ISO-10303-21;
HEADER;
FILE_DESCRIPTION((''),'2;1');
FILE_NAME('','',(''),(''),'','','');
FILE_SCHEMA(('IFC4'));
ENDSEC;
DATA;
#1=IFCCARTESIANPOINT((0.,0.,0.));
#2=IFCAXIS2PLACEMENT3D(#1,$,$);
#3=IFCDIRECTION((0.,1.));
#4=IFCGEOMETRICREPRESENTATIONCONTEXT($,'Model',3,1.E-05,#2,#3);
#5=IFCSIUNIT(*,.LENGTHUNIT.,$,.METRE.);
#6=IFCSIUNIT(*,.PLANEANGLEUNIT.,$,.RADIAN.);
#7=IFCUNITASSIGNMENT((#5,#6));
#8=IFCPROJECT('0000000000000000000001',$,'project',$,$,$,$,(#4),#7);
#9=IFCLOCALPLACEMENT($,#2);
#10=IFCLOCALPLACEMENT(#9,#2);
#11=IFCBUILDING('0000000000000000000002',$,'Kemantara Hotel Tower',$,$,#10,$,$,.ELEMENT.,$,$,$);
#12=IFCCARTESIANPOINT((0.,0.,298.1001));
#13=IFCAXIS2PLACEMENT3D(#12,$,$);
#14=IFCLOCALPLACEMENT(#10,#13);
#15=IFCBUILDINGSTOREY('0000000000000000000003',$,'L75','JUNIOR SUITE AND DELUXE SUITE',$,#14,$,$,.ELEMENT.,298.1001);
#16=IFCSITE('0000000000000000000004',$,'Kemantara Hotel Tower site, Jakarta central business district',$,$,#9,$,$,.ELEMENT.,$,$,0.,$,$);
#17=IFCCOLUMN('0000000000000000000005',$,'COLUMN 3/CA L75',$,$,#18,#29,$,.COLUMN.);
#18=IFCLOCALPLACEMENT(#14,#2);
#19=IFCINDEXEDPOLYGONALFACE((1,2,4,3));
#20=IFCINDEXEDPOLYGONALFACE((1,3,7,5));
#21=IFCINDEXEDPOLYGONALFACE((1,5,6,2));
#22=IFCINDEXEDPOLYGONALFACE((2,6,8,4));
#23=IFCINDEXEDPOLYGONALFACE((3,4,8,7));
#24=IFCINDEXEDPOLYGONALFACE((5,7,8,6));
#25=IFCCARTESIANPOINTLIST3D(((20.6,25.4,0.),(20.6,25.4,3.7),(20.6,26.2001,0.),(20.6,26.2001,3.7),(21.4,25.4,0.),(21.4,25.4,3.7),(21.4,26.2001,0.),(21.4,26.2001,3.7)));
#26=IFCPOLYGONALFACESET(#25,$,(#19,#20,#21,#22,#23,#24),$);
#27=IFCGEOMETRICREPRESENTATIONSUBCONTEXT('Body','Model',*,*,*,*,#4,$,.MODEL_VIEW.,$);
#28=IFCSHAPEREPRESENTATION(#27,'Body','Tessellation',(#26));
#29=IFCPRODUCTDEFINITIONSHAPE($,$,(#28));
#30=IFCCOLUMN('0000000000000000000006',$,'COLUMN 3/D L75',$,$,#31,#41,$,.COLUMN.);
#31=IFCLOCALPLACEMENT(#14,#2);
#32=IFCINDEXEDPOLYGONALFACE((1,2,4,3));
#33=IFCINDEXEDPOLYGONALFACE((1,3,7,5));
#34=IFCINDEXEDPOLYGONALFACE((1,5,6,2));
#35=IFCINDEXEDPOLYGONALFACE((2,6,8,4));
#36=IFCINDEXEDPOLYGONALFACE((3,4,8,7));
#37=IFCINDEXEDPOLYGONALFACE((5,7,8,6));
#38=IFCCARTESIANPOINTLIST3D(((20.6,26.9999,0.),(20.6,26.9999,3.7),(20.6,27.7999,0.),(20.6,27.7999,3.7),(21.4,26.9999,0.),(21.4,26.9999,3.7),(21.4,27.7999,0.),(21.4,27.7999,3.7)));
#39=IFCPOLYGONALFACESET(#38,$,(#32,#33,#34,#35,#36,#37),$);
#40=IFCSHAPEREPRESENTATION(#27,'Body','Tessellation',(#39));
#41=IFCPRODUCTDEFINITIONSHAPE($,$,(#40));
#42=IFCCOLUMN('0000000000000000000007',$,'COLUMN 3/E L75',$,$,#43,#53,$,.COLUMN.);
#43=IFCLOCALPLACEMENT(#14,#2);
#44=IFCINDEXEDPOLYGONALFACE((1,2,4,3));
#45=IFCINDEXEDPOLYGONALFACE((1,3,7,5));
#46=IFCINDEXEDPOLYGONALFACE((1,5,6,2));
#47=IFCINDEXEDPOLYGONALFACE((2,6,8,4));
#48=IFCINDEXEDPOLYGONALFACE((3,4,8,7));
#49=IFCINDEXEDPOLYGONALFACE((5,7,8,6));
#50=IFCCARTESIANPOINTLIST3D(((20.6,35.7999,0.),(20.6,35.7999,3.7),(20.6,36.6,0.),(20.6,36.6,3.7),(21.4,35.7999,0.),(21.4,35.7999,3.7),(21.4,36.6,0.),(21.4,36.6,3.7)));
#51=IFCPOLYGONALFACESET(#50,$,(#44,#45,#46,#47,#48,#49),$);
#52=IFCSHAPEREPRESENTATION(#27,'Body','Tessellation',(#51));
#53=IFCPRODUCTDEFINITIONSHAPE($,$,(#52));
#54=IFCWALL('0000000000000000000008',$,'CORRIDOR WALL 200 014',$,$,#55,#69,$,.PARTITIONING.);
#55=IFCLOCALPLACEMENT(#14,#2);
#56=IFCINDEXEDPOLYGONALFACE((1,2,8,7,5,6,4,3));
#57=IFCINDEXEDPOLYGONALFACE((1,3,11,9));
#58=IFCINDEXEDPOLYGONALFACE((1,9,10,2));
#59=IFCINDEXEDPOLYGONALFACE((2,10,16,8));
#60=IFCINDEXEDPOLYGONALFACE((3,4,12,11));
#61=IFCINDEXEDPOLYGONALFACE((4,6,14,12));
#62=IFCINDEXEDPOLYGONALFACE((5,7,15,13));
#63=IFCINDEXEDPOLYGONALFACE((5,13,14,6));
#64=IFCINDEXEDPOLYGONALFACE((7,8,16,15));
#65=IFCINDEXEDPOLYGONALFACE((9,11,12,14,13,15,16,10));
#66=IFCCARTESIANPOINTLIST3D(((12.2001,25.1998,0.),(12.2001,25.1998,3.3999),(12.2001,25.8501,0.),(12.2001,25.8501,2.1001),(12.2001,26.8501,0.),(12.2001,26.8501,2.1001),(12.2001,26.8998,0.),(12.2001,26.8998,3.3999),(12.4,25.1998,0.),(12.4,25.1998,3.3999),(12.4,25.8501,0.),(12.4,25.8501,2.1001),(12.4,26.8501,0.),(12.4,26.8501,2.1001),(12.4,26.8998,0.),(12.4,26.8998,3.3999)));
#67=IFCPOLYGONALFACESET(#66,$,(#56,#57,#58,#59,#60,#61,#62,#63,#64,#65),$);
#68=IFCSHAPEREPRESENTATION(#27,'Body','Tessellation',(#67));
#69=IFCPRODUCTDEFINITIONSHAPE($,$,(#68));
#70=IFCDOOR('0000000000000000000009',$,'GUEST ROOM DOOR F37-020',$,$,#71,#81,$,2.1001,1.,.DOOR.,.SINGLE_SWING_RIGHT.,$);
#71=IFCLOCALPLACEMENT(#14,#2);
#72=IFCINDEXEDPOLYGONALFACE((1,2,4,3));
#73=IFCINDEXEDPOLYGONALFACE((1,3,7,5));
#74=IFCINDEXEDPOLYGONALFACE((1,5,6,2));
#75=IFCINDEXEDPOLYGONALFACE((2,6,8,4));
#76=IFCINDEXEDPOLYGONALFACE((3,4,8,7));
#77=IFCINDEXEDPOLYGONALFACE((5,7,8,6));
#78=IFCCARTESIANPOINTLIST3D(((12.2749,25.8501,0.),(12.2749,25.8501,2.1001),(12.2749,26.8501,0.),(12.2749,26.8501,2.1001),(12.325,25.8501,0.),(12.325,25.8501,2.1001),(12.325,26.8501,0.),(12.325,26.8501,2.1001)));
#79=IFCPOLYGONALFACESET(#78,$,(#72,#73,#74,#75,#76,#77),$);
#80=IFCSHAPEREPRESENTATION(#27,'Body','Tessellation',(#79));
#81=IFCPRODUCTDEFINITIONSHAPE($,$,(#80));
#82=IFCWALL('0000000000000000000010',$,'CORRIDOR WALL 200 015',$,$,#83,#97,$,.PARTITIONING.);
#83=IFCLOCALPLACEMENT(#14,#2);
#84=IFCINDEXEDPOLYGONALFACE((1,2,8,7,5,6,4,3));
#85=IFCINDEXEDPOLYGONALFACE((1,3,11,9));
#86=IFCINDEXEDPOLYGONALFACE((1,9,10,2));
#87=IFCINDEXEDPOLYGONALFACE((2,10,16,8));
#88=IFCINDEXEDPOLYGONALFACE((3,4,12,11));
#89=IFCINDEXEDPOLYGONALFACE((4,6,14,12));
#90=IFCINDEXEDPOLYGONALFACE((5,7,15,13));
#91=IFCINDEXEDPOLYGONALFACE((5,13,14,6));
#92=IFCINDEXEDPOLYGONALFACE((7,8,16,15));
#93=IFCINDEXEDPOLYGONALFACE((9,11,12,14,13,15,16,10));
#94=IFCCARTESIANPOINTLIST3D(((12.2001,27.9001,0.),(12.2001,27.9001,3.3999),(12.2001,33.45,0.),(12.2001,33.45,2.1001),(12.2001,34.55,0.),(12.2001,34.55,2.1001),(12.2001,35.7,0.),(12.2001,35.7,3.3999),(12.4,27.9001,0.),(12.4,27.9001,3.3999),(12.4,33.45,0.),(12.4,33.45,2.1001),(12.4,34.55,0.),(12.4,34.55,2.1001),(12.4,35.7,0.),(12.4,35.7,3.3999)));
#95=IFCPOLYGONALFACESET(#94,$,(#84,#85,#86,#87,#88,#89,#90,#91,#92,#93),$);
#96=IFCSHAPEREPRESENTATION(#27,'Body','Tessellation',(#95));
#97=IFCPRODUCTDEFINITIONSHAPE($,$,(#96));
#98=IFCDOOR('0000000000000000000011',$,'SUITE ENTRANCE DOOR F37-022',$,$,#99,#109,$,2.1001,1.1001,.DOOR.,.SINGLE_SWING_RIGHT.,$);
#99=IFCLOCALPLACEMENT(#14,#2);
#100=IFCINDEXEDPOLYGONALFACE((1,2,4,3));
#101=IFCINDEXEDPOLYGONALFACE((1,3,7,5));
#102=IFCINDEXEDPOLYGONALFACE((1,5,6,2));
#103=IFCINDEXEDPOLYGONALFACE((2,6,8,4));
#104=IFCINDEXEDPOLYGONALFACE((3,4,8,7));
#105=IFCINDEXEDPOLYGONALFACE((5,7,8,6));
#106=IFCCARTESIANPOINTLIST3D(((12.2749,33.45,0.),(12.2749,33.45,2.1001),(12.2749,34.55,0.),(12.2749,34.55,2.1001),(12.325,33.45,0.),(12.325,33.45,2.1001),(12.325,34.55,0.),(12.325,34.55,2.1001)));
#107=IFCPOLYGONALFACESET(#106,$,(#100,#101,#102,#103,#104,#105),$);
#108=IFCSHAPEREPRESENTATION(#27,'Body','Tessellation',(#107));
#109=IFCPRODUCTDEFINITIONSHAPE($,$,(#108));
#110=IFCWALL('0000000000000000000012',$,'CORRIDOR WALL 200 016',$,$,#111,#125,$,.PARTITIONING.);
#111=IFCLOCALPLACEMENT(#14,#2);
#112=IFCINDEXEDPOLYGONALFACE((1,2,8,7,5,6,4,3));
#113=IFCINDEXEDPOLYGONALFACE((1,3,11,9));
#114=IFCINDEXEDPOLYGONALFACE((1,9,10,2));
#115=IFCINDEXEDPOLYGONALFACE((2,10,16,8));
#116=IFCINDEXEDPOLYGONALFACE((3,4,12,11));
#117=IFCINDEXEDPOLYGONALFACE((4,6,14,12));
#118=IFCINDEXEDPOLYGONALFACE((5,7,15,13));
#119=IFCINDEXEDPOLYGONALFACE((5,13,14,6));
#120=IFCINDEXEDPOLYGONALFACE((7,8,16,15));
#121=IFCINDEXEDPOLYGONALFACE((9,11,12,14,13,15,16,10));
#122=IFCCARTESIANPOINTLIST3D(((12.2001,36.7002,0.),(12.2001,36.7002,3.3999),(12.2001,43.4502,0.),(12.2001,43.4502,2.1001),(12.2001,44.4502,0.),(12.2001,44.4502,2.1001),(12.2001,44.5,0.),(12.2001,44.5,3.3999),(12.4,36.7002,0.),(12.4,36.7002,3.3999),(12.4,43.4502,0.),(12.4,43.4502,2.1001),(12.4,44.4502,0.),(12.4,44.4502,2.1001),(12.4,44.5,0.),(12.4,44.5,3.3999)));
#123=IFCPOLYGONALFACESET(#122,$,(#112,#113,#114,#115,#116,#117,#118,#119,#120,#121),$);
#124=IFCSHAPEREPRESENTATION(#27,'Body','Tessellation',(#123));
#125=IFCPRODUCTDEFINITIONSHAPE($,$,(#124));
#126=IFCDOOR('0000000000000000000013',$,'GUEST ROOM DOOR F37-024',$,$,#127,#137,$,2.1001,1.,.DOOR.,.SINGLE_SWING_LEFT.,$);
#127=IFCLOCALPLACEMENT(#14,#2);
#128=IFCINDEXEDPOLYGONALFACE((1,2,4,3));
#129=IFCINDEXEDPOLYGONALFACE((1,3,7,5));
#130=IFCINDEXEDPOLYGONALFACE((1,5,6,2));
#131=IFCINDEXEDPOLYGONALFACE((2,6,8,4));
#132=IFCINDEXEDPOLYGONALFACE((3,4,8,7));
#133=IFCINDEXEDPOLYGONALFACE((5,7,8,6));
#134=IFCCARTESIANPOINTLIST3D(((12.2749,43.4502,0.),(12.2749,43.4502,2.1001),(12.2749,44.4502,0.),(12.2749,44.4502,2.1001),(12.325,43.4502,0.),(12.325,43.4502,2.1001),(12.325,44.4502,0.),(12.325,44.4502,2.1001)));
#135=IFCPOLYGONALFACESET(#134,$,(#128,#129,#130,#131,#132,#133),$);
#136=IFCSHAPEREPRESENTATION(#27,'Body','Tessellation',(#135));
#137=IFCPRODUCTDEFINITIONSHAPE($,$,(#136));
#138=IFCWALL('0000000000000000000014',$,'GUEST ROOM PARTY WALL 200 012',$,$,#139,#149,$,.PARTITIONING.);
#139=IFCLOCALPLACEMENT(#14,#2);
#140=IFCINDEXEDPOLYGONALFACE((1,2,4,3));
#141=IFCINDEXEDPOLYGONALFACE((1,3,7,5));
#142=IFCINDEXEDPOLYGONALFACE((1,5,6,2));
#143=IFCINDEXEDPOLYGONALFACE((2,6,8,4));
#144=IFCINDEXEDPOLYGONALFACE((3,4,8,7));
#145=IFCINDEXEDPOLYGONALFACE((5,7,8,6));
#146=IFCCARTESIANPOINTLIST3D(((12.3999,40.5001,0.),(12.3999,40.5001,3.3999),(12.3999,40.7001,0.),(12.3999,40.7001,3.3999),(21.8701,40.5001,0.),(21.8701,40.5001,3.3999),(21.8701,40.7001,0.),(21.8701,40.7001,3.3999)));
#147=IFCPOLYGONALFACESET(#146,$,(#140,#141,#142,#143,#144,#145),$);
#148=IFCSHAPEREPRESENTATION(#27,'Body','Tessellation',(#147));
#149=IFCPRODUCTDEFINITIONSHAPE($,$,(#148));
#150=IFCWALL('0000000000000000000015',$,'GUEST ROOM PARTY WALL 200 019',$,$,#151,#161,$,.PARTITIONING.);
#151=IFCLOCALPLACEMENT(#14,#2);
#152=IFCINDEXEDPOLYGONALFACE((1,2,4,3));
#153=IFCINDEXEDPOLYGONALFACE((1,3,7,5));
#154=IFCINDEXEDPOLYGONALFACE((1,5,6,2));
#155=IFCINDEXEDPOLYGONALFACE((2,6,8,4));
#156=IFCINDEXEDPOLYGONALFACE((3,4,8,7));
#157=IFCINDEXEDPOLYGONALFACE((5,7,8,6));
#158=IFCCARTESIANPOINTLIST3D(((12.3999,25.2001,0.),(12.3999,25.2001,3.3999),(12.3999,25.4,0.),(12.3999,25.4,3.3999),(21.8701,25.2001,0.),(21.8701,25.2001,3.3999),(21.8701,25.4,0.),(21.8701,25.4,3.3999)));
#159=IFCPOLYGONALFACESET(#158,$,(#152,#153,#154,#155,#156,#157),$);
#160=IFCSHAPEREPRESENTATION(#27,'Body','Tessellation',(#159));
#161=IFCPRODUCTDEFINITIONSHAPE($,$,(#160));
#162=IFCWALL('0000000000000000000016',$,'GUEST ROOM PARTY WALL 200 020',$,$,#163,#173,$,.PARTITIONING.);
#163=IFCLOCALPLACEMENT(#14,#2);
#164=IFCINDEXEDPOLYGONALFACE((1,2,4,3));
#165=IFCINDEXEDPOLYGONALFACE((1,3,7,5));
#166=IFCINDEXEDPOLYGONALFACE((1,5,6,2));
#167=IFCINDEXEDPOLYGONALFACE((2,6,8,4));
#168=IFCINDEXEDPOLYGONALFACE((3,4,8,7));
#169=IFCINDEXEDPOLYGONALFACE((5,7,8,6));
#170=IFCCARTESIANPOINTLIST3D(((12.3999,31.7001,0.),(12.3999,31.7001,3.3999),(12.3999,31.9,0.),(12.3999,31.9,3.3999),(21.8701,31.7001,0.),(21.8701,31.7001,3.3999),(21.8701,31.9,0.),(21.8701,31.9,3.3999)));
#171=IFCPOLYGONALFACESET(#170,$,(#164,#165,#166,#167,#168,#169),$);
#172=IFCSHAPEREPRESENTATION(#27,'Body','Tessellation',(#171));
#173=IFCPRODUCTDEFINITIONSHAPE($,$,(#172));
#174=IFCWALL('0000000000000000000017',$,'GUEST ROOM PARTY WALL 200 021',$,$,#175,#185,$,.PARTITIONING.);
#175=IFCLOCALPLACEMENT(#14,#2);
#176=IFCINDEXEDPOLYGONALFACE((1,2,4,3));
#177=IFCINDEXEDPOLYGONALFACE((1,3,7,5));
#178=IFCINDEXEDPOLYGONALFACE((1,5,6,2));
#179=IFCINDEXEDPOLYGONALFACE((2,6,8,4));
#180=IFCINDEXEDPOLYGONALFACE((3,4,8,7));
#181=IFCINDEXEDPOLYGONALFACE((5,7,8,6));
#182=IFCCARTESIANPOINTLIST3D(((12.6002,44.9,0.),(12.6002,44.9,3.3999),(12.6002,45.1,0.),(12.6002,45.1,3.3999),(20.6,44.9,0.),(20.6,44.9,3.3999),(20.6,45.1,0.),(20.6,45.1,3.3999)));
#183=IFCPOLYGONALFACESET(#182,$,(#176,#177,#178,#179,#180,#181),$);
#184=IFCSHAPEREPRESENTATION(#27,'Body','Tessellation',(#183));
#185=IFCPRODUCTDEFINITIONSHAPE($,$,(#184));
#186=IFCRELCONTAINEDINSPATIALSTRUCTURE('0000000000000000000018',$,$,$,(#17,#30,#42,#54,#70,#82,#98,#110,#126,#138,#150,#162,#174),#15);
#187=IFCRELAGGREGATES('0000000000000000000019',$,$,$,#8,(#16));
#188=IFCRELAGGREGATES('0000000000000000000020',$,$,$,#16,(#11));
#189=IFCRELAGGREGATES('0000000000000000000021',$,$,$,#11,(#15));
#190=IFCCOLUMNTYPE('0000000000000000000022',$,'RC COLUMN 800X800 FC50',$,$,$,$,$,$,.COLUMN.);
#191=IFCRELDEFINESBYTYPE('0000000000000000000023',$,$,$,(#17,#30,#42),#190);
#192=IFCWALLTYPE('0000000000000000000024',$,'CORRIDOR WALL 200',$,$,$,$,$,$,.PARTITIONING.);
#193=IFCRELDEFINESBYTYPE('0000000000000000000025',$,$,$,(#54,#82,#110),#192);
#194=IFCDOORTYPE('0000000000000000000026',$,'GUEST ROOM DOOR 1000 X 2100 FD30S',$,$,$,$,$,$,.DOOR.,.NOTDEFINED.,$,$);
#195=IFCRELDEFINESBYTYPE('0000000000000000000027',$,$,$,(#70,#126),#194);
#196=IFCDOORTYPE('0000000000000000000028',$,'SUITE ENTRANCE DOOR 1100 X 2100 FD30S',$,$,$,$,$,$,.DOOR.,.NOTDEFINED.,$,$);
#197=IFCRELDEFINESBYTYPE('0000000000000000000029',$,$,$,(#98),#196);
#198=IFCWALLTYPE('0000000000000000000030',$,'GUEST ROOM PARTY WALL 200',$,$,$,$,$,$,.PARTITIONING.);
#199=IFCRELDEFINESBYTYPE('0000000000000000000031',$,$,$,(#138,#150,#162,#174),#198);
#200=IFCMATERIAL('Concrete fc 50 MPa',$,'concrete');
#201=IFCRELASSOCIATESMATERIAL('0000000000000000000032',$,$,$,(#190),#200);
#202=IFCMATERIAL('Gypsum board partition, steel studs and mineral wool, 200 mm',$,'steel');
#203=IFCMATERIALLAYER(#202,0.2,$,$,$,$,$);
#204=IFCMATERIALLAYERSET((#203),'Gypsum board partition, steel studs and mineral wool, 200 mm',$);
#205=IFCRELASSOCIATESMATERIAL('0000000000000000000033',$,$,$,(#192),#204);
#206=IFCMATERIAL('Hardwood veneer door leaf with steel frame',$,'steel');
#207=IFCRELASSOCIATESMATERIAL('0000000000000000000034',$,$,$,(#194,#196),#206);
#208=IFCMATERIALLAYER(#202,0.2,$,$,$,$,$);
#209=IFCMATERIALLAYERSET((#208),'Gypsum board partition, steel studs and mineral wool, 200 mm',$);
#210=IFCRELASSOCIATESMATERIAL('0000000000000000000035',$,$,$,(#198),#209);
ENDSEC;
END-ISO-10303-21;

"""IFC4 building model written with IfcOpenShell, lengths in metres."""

from ifc_helpers import new_model, si_unit, direction, frame, frame_2d, origin, origin_2d, place, context, subcontext, project, spatial, rectangle, extrude, material, layer, layer_set, material_profile, profile_set, type_object, element, fill, save


model = new_model("IFC4")

# Units and contexts
model_context = context("Model", 3, precision=1e-05, world=origin(), true_north=direction((0.0, 1.0)))
body_context = subcontext(model_context, "Body", "Model", "MODEL_VIEW")
ifc_project = project(units=[si_unit("LENGTHUNIT", "METRE"), si_unit("PLANEANGLEUNIT", "RADIAN")], contexts=[model_context])

# Site, building, storey
site_placement = place(None, origin())
site = spatial("IfcSite", under=ifc_project, at=site_placement, Name="Kemantara Hotel Tower site, Jakarta central business district", CompositionType="ELEMENT", RefElevation=0.0)
building_placement = place(site_placement, origin())
building = spatial("IfcBuilding", under=site, at=building_placement, Name="Kemantara Hotel Tower", CompositionType="ELEMENT")
storey_placement = place(building_placement, frame((0.0, 0.0, 298.1001)))
storey = spatial("IfcBuildingStorey", under=building, at=storey_placement, Name="L75", Description="JUNIOR SUITE AND DELUXE SUITE", CompositionType="ELEMENT", Elevation=298.1001)

# Columns
ifc_material_1 = material(Name="Concrete fc 50 MPa", Category="concrete")
ifc_material_profile = material_profile(ifc_material_1, rectangle(XDim=0.8, YDim=0.8, at=origin_2d()), Name="RC 800X800")
ifc_profile_set = profile_set([ifc_material_profile], Name="Concrete fc 50 MPa")
column_type = type_object("IfcColumnType", Name="RC COLUMN 800X800 FC50", PredefinedType="COLUMN", material=ifc_profile_set)
for number, where, z_axis, x_axis, name in (
    (1, (21.0, 25.8, 0.0), (0.0, 0.0, 1.0), (1.0, 0.0, 0.0), "COLUMN 3/CA L75"),
    (2, (21.0, 27.3999, 0.0), (0.0, 0.0, 1.0), (1.0, 0.0, 0.0), "COLUMN 3/D L75"),
    (3, (21.0, 36.2, 0.0), (0.0, 0.0, 1.0), (1.0, 0.0, 0.0), "COLUMN 3/E L75"),
):
    element("IfcColumn", number, at=place(storey_placement, frame(where, z_axis=z_axis, x_axis=x_axis)), inside=storey, type_object=column_type, Name=name, PredefinedType="COLUMN", context=body_context, shape_type="SweptSolid", body=[
        extrude(rectangle(XDim=0.8, YDim=0.8, at=origin_2d()), origin(), (0.0, 0.0, 1.0), 3.7),
    ])

# Walls, openings, doors
ifc_material_2 = material(Name="Gypsum board partition, steel studs and mineral wool, 200 mm", Category="steel")
ifc_layer_1 = layer(ifc_material_2, 0.2)
ifc_layer_set_1 = layer_set([ifc_layer_1], Name="Gypsum board partition, steel studs and mineral wool, 200 mm")
wall_type_1 = type_object("IfcWallType", Name="CORRIDOR WALL 200", PredefinedType="PARTITIONING", material=ifc_layer_set_1)
wall_1_placement = place(storey_placement, frame((12.3, 26.8999, 0.0), z_axis=(0.0, 0.0, 1.0), x_axis=(0.0, -1.0, 0.0)))
wall_1 = element("IfcWall", 4, at=wall_1_placement, inside=storey, type_object=wall_type_1, Name="CORRIDOR WALL 200 014", PredefinedType="PARTITIONING", context=body_context, shape_type="SweptSolid", body=[
    extrude(rectangle(XDim=1.7, YDim=0.2, at=frame_2d((0.8501, 0.0))), origin(), (0.0, 0.0, 1.0), 3.3999),
])
opening_1_placement = place(wall_1_placement, frame((0.0498, 0.0, 0.0)))
opening_1 = element("IfcOpeningElement", 5, at=opening_1_placement, cuts=wall_1, PredefinedType="OPENING", context=body_context, shape_type="SweptSolid", body=[
    extrude(rectangle(XDim=1.0, YDim=2.1001, at=frame_2d((0.5, 1.05))), frame((0.0, 0.1099, 0.0), z_axis=(0.0, -1.0, 0.0), x_axis=(1.0, 0.0, 0.0)), (0.0, 0.0, 1.0), 0.22),
])
ifc_material_3 = material(Name="Hardwood veneer door leaf with steel frame", Category="steel")
door_type_1 = type_object("IfcDoorType", Name="GUEST ROOM DOOR 1000 X 2100 FD30S", OperationType="NOTDEFINED", PredefinedType="DOOR", material=ifc_material_3)
door_1_placement = place(opening_1_placement, origin())
door_1 = element("IfcDoor", 6, at=door_1_placement, inside=storey, type_object=door_type_1, Name="GUEST ROOM DOOR F37-020", OperationType="SINGLE_SWING_RIGHT", OverallHeight=2.1001, OverallWidth=1.0, PredefinedType="DOOR", context=body_context, shape_type="SweptSolid", body=[
    extrude(rectangle(XDim=1.0, YDim=2.1001, at=frame_2d((0.5, 1.05))), frame((0.0, 0.0249, 0.0), z_axis=(0.0, -1.0, 0.0), x_axis=(1.0, 0.0, 0.0)), (0.0, 0.0, 1.0), 0.05),
])
fill(opening_1, door_1)
wall_2_placement = place(storey_placement, frame((12.3, 35.7, 0.0), z_axis=(0.0, 0.0, 1.0), x_axis=(0.0, -1.0, 0.0)))
wall_2 = element("IfcWall", 7, at=wall_2_placement, inside=storey, type_object=wall_type_1, Name="CORRIDOR WALL 200 015", PredefinedType="PARTITIONING", context=body_context, shape_type="SweptSolid", body=[
    extrude(rectangle(XDim=7.7998, YDim=0.2, at=frame_2d((3.8999, 0.0))), origin(), (0.0, 0.0, 1.0), 3.3999),
])
opening_2_placement = place(wall_2_placement, frame((1.1499, 0.0, 0.0)))
opening_2 = element("IfcOpeningElement", 8, at=opening_2_placement, cuts=wall_2, PredefinedType="OPENING", context=body_context, shape_type="SweptSolid", body=[
    extrude(rectangle(XDim=1.1001, YDim=2.1001, at=frame_2d((0.55, 1.05))), frame((0.0, 0.1099, 0.0), z_axis=(0.0, -1.0, 0.0), x_axis=(1.0, 0.0, 0.0)), (0.0, 0.0, 1.0), 0.22),
])
door_type_2 = type_object("IfcDoorType", Name="SUITE ENTRANCE DOOR 1100 X 2100 FD30S", OperationType="NOTDEFINED", PredefinedType="DOOR", material=ifc_material_3)
door_2_placement = place(opening_2_placement, origin())
door_2 = element("IfcDoor", 9, at=door_2_placement, inside=storey, type_object=door_type_2, Name="SUITE ENTRANCE DOOR F37-022", OperationType="SINGLE_SWING_RIGHT", OverallHeight=2.1001, OverallWidth=1.1001, PredefinedType="DOOR", context=body_context, shape_type="SweptSolid", body=[
    extrude(rectangle(XDim=1.1001, YDim=2.1001, at=frame_2d((0.55, 1.05))), frame((0.0, 0.0249, 0.0), z_axis=(0.0, -1.0, 0.0), x_axis=(1.0, 0.0, 0.0)), (0.0, 0.0, 1.0), 0.05),
])
fill(opening_2, door_2)
wall_3_placement = place(storey_placement, frame((12.3, 44.5, 0.0), z_axis=(0.0, 0.0, 1.0), x_axis=(0.0, -1.0, 0.0)))
wall_3 = element("IfcWall", 10, at=wall_3_placement, inside=storey, type_object=wall_type_1, Name="CORRIDOR WALL 200 016", PredefinedType="PARTITIONING", context=body_context, shape_type="SweptSolid", body=[
    extrude(rectangle(XDim=7.7998, YDim=0.2, at=frame_2d((3.8999, 0.0))), origin(), (0.0, 0.0, 1.0), 3.3999),
])
opening_3_placement = place(wall_3_placement, frame((0.0498, 0.0, 0.0)))
opening_3 = element("IfcOpeningElement", 11, at=opening_3_placement, cuts=wall_3, PredefinedType="OPENING", context=body_context, shape_type="SweptSolid", body=[
    extrude(rectangle(XDim=1.0, YDim=2.1001, at=frame_2d((0.5, 1.05))), frame((0.0, 0.1099, 0.0), z_axis=(0.0, -1.0, 0.0), x_axis=(1.0, 0.0, 0.0)), (0.0, 0.0, 1.0), 0.22),
])
door_3_placement = place(opening_3_placement, origin())
door_3 = element("IfcDoor", 12, at=door_3_placement, inside=storey, type_object=door_type_1, Name="GUEST ROOM DOOR F37-024", OperationType="SINGLE_SWING_LEFT", OverallHeight=2.1001, OverallWidth=1.0, PredefinedType="DOOR", context=body_context, shape_type="SweptSolid", body=[
    extrude(rectangle(XDim=1.0, YDim=2.1001, at=frame_2d((0.5, 1.05))), frame((0.0, 0.0249, 0.0), z_axis=(0.0, -1.0, 0.0), x_axis=(1.0, 0.0, 0.0)), (0.0, 0.0, 1.0), 0.05),
])
fill(opening_3, door_3)

# Walls
ifc_layer_2 = layer(ifc_material_2, 0.2)
ifc_layer_set_2 = layer_set([ifc_layer_2], Name="Gypsum board partition, steel studs and mineral wool, 200 mm")
wall_type_2 = type_object("IfcWallType", Name="GUEST ROOM PARTY WALL 200", PredefinedType="PARTITIONING", material=ifc_layer_set_2)
for number, where, z_axis, x_axis, name in (
    (13, (12.3999, 40.6001, 0.0), (0.0, 0.0, 1.0), (1.0, 0.0, 0.0), "GUEST ROOM PARTY WALL 200 012"),
    (14, (12.3999, 25.3, 0.0), (0.0, 0.0, 1.0), (1.0, 0.0, 0.0), "GUEST ROOM PARTY WALL 200 019"),
    (15, (12.3999, 31.8, 0.0), (0.0, 0.0, 1.0), (1.0, 0.0, 0.0), "GUEST ROOM PARTY WALL 200 020"),
):
    element("IfcWall", number, at=place(storey_placement, frame(where, z_axis=z_axis, x_axis=x_axis)), inside=storey, type_object=wall_type_2, Name=name, PredefinedType="PARTITIONING", context=body_context, shape_type="SweptSolid", body=[
        extrude(rectangle(XDim=9.4702, YDim=0.2, at=frame_2d((4.7351, 0.0))), origin(), (0.0, 0.0, 1.0), 3.3999),
    ])
wall_4_placement = place(storey_placement, frame((12.6001, 45.0, 0.0), z_axis=(0.0, 0.0, 1.0), x_axis=(1.0, 0.0, 0.0)))
element("IfcWall", 16, at=wall_4_placement, inside=storey, type_object=wall_type_2, Name="GUEST ROOM PARTY WALL 200 021", PredefinedType="PARTITIONING", context=body_context, shape_type="SweptSolid", body=[
    extrude(rectangle(XDim=7.9998, YDim=0.2, at=frame_2d((4.0, 0.0))), origin(), (0.0, 0.0, 1.0), 3.3999),
])

save(model, "model.ifc")
